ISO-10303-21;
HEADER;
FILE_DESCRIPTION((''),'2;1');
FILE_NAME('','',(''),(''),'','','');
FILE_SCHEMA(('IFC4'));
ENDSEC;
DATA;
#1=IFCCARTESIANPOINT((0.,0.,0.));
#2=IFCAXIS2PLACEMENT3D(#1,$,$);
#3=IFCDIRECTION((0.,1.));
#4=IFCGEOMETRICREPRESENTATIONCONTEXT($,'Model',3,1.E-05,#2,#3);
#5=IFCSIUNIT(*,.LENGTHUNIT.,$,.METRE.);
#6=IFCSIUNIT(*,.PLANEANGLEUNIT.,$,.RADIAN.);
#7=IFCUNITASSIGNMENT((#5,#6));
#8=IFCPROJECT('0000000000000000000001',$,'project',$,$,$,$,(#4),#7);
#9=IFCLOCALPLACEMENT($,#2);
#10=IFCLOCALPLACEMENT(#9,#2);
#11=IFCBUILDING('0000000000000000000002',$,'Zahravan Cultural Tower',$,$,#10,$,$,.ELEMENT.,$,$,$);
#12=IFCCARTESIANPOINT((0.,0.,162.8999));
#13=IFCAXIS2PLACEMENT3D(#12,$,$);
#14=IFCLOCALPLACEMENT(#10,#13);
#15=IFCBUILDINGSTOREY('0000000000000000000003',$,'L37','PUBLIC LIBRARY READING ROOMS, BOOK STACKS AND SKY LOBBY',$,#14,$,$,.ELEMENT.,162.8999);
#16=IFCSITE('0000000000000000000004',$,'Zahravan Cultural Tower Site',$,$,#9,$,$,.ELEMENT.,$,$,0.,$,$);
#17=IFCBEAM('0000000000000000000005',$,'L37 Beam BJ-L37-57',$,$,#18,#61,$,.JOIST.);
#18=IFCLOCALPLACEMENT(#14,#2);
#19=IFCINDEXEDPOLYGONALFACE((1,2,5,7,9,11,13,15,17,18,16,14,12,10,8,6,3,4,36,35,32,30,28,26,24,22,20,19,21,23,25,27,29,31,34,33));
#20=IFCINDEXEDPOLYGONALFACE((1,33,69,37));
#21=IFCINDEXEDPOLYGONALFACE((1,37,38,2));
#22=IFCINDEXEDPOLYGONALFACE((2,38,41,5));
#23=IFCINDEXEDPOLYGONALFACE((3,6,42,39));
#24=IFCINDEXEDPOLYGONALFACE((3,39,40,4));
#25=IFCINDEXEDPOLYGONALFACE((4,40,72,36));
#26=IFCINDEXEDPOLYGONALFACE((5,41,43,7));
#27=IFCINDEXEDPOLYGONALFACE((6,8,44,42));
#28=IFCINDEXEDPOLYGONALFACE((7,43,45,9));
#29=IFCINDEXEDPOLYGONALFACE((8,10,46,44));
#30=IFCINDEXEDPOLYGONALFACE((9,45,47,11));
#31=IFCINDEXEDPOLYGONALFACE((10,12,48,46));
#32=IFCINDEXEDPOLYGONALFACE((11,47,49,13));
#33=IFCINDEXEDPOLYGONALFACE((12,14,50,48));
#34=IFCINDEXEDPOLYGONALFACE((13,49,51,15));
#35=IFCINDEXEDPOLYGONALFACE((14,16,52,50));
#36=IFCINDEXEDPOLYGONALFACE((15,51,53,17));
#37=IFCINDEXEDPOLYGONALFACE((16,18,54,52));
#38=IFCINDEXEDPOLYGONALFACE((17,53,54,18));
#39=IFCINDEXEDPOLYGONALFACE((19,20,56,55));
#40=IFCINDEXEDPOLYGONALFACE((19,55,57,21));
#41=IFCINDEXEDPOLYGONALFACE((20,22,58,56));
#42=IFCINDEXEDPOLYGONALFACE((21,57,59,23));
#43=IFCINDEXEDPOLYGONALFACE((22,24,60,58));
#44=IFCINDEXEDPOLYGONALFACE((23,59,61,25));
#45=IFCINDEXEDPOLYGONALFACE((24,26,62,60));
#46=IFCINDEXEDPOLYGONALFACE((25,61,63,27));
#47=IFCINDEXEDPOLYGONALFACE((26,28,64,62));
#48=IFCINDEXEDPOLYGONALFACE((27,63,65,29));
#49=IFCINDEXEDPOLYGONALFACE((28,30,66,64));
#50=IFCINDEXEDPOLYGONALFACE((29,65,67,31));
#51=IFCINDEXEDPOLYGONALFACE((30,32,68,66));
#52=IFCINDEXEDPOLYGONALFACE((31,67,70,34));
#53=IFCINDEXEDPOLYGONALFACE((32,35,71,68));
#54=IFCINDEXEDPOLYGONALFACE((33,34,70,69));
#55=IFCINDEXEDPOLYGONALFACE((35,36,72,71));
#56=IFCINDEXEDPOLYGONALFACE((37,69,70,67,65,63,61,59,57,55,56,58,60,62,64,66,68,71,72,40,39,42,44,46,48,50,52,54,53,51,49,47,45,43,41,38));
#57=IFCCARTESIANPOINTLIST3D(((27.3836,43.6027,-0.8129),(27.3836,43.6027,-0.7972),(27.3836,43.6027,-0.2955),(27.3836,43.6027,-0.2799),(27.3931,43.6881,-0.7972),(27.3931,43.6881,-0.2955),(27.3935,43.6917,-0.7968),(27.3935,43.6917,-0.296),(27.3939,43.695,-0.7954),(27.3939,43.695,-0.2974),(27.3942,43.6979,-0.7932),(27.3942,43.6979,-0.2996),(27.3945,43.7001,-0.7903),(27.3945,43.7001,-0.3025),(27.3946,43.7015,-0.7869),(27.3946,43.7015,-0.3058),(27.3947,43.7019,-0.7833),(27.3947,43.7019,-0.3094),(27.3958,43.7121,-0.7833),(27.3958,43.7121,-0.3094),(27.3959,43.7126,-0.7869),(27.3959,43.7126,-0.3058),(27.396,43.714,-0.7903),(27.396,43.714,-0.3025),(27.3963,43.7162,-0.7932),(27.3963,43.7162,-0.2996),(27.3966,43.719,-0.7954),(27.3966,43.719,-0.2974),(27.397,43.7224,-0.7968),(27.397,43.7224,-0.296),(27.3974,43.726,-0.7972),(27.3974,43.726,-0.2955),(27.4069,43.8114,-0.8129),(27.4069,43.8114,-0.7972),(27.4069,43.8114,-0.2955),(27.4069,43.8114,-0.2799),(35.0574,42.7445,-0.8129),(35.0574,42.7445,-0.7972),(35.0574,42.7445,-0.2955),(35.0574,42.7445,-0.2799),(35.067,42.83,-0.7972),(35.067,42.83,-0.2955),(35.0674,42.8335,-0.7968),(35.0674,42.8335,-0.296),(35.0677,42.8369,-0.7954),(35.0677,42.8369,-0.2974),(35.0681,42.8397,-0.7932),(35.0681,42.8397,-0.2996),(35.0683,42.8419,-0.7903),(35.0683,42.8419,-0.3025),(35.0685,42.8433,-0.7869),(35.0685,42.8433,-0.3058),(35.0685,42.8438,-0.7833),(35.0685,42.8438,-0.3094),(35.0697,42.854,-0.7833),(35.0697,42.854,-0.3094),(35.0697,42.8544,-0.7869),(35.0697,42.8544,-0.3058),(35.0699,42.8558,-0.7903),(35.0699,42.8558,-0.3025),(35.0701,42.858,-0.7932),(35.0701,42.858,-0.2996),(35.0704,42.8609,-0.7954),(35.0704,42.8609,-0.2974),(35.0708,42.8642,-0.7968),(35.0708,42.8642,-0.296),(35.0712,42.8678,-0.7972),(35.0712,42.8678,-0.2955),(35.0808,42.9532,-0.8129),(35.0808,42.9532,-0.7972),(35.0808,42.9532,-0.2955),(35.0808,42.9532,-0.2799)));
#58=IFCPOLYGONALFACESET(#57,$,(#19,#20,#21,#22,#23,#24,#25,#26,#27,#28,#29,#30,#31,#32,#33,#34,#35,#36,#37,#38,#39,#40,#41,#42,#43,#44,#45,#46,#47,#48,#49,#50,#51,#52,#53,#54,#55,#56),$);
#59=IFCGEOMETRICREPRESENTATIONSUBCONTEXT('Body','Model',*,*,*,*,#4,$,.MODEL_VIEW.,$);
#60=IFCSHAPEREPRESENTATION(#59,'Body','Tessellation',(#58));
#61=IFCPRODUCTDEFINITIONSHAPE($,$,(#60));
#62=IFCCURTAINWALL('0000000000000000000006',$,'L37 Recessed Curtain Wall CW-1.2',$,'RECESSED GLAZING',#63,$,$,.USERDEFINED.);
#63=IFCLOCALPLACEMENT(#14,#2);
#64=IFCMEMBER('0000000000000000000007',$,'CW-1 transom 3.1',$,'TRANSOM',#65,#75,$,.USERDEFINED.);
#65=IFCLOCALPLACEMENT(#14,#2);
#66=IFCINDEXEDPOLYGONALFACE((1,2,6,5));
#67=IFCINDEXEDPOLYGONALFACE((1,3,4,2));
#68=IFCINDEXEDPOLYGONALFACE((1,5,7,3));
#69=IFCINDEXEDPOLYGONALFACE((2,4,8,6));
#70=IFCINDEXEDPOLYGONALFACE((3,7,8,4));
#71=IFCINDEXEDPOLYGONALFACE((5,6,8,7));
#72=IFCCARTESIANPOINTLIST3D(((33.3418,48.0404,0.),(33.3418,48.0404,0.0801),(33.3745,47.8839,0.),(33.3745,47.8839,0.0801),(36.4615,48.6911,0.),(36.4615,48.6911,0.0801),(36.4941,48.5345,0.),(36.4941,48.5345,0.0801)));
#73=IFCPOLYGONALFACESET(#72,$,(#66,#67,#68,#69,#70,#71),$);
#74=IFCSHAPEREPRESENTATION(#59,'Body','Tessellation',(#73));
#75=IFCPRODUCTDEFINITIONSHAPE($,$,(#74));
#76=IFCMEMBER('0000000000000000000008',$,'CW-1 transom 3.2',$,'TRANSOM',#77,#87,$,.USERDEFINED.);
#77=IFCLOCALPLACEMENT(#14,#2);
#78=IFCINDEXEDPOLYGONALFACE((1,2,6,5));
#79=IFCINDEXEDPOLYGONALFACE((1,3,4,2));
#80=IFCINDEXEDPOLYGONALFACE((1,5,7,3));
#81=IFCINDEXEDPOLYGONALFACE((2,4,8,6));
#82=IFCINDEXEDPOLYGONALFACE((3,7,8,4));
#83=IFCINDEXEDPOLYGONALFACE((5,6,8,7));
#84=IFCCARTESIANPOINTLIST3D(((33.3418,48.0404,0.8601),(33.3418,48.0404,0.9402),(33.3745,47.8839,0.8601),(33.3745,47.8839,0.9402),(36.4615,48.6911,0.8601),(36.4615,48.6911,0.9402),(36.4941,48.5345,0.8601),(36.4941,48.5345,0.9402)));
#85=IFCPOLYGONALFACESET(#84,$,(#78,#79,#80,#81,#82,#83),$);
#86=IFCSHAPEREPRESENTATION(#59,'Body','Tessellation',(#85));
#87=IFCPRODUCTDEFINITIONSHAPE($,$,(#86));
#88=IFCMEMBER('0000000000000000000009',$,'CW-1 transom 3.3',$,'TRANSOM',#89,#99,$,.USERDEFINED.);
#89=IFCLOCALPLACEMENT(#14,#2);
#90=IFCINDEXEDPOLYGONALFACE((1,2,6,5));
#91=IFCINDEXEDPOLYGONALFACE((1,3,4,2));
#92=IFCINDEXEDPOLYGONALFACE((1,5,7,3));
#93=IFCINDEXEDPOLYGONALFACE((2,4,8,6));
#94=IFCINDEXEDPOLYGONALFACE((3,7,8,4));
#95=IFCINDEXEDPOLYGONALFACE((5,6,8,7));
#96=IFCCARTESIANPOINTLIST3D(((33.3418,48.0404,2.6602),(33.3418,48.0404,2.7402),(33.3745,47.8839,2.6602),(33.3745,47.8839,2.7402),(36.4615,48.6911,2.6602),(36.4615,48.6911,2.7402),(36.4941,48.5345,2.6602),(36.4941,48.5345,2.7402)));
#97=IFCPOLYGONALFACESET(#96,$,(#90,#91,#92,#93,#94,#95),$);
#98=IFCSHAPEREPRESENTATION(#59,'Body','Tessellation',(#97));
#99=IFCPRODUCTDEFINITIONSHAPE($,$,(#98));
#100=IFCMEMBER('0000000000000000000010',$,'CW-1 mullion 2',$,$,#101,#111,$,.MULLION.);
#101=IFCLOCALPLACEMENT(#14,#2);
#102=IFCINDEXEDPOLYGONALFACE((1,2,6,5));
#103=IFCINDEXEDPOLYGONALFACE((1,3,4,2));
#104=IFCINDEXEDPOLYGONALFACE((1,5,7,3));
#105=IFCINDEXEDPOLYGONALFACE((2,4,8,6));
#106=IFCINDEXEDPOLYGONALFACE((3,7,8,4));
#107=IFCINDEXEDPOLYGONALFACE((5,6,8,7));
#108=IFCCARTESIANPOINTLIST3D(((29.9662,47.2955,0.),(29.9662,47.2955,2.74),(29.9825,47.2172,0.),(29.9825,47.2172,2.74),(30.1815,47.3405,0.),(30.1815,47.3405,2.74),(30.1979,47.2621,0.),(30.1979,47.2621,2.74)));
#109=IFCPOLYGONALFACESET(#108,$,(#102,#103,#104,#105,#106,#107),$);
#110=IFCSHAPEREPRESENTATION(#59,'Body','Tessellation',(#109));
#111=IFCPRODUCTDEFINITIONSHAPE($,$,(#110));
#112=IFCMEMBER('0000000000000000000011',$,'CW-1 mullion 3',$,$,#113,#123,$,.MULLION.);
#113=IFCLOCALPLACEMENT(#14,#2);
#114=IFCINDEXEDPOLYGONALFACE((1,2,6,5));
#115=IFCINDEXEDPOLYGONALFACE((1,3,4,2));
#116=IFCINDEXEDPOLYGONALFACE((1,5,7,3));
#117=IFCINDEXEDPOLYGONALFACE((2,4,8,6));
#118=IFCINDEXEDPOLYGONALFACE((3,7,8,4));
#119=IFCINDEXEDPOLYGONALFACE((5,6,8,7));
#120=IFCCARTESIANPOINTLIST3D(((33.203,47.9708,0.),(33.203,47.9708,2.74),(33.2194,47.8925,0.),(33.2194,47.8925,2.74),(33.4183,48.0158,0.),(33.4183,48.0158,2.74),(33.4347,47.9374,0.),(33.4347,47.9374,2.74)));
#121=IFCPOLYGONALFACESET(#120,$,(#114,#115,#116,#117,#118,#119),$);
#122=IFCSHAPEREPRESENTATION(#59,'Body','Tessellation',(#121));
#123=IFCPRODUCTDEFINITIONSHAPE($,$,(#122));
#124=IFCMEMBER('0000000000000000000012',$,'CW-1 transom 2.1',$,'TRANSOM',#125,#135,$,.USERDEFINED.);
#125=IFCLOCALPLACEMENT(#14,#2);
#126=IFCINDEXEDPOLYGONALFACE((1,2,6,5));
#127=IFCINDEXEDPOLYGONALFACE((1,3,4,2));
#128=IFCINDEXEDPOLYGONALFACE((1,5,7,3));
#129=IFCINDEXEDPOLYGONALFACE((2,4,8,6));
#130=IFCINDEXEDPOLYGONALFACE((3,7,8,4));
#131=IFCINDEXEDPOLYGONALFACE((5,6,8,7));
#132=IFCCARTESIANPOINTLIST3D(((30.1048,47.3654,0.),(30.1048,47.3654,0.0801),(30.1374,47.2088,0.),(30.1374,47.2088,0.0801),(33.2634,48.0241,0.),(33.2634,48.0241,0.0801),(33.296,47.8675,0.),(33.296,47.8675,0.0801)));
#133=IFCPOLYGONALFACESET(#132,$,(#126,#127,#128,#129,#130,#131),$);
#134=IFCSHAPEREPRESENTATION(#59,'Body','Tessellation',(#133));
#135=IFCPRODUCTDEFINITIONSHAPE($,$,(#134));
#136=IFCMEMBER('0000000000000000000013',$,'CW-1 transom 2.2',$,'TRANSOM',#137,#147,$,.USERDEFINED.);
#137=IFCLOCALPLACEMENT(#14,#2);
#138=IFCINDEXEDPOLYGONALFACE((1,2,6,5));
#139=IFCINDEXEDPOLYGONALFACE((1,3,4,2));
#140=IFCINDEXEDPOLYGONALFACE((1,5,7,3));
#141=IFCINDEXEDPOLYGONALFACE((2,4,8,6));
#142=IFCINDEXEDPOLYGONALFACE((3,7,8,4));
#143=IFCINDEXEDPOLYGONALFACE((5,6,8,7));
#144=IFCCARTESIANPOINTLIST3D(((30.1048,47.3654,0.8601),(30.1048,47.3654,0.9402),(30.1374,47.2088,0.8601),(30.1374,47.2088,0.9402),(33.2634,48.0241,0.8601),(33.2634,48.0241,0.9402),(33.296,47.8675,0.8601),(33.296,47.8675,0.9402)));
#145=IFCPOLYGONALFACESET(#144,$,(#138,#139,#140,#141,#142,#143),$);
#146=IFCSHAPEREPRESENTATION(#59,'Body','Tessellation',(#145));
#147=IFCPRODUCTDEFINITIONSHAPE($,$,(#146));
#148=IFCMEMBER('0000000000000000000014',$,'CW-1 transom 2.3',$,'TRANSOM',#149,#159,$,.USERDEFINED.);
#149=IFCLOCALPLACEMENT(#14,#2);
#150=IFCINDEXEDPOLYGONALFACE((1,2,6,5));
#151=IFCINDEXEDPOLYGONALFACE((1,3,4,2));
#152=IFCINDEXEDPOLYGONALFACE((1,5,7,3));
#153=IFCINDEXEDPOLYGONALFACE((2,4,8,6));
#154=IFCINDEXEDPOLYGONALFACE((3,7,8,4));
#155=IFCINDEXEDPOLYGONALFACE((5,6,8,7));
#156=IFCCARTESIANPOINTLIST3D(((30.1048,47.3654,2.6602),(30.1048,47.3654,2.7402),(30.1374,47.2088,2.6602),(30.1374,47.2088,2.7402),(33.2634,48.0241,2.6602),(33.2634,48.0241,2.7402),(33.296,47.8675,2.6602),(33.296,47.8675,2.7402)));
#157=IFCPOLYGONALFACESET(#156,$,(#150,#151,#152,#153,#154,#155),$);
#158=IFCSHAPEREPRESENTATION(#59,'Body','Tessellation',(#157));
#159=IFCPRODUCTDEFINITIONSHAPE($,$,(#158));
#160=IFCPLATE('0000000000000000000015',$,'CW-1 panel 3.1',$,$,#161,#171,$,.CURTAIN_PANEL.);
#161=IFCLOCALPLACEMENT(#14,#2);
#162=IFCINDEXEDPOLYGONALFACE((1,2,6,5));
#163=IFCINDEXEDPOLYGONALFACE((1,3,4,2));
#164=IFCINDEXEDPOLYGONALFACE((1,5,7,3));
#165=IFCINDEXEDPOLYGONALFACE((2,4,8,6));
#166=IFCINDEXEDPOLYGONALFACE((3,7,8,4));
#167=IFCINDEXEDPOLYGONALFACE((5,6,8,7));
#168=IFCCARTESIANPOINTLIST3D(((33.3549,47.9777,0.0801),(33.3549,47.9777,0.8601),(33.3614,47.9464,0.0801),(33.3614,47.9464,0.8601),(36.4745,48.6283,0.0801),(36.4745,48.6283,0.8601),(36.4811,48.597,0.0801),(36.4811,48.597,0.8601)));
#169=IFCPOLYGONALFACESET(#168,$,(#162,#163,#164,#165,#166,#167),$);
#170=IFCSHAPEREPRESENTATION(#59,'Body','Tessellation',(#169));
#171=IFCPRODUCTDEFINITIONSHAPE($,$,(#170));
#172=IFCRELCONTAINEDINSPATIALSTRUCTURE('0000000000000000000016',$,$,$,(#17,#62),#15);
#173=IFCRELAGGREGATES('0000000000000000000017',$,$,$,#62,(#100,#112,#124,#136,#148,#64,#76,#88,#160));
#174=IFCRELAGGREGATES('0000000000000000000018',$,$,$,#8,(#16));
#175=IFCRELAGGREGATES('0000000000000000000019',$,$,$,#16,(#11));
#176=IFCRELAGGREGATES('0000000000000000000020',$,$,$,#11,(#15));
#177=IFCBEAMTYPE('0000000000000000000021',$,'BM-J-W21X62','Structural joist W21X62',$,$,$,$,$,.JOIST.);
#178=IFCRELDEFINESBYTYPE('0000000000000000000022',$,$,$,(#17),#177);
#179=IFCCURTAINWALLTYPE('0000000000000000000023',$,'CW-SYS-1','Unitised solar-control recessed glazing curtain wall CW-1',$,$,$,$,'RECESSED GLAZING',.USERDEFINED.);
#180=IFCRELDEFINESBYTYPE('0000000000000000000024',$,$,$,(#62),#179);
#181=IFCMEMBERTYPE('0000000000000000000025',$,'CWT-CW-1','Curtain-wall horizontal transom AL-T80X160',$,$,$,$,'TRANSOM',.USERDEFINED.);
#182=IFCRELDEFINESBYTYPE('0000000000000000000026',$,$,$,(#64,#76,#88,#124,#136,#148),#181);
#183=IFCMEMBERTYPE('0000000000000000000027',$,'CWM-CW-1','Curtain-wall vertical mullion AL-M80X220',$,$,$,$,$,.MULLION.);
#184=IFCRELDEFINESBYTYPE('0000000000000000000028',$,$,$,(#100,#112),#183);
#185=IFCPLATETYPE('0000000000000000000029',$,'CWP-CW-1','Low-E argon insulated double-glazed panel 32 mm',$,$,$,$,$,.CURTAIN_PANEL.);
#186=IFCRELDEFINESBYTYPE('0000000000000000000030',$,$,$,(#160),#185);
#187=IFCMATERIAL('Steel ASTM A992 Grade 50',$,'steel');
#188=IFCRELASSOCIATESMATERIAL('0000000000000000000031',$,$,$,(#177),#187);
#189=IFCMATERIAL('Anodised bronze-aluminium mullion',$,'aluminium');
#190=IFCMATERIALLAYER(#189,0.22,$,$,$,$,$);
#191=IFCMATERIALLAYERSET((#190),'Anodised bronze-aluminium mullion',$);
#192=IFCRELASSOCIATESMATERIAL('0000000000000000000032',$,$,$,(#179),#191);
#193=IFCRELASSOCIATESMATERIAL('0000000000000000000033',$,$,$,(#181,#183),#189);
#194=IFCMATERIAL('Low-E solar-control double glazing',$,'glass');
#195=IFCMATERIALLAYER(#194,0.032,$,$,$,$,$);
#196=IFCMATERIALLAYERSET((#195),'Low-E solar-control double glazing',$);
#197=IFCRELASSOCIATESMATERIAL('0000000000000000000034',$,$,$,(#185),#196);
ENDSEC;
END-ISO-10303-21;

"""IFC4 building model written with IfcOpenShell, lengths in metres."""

from ifc_helpers import new_model, si_unit, direction, frame, origin, origin_2d, place, context, subcontext, project, spatial, rectangle, i_section, extrude, source, transform, mapped, material, layer, layer_set, material_profile, profile_set, type_object, element, aggregate, save


model = new_model("IFC4")

# Units and contexts
model_context = context("Model", 3, precision=1e-05, world=origin(), true_north=direction((0.0, 1.0)))
body_context = subcontext(model_context, "Body", "Model", "MODEL_VIEW")
ifc_project = project(units=[si_unit("LENGTHUNIT", "METRE"), si_unit("PLANEANGLEUNIT", "RADIAN")], contexts=[model_context])

# Site, building, storey
site_placement = place(None, origin())
site = spatial("IfcSite", under=ifc_project, at=site_placement, Name="Zahravan Cultural Tower Site", CompositionType="ELEMENT", RefElevation=0.0)
building_placement = place(site_placement, origin())
building = spatial("IfcBuilding", under=site, at=building_placement, Name="Zahravan Cultural Tower", CompositionType="ELEMENT")
storey_placement = place(building_placement, frame((0.0, 0.0, 162.8999)))
storey = spatial("IfcBuildingStorey", under=building, at=storey_placement, Name="L37", Description="PUBLIC LIBRARY READING ROOMS, BOOK STACKS AND SKY LOBBY", CompositionType="ELEMENT", Elevation=162.8999)

# Shared definitions
ifc_material_1 = material(Name="Steel ASTM A992 Grade 50", Category="steel")

# Beam
ifc_material_profile_1 = material_profile(ifc_material_1, i_section(OverallWidth=0.21, OverallDepth=0.533, WebThickness=0.0103, FlangeThickness=0.0156, FilletRadius=0.0139, at=origin_2d()), Name="W21X62")
ifc_profile_set_1 = profile_set([ifc_material_profile_1], Name="Steel ASTM A992 Grade 50")
beam_type_1 = type_object("IfcBeamType", Name="BM-J-W21X62", Description="Structural joist W21X62", PredefinedType="JOIST", material=ifc_profile_set_1)
shared_shape_1 = source(origin(), body_context, "Body", "SweptSolid", [
    extrude(i_section(OverallWidth=0.21, OverallDepth=0.533, WebThickness=0.0103, FlangeThickness=0.0156, FilletRadius=0.0139, at=origin_2d()), origin(), (0.0, 0.0, 1.0), 7.7217),
])
beam_1_placement = place(storey_placement, frame((35.0691, 42.8489, -0.5464), z_axis=(-0.993805, 0.111136, 0.0), x_axis=(-0.111136, -0.993805, 0.0)))
element("IfcBeam", 1, at=beam_1_placement, inside=storey, type_object=beam_type_1, Name="L37 Beam BJ-L37-57", PredefinedType="JOIST", context=body_context, shape_type="MappedRepresentation", body=[
    mapped(shared_shape_1, transform((0.0, 0.0, 0.0), x_axis=(1.0, 0.0, 0.0), y_axis=(0.0, 1.0, 0.0), z_axis=(0.0, 0.0, 1.0), scale=1.0)),
])

# Curtain wall, members, plate
ifc_material_2 = material(Name="Anodised bronze-aluminium mullion", Category="aluminium")
ifc_layer_1 = layer(ifc_material_2, 0.22)
ifc_layer_set_1 = layer_set([ifc_layer_1], Name="Anodised bronze-aluminium mullion")
curtain_wall_type = type_object("IfcCurtainWallType", Name="CW-SYS-1", Description="Unitised solar-control recessed glazing curtain wall CW-1", ElementType="RECESSED GLAZING", PredefinedType="USERDEFINED", material=ifc_layer_set_1)
curtain_wall_placement = place(storey_placement, origin())
curtain_wall = element("IfcCurtainWall", 2, at=curtain_wall_placement, inside=storey, type_object=curtain_wall_type, Name="L37 Recessed Curtain Wall CW-1.2", ObjectType="RECESSED GLAZING", PredefinedType="USERDEFINED")
ifc_material_profile_2 = material_profile(ifc_material_2, rectangle(XDim=0.1599, YDim=0.0801, at=origin_2d()), Name="AL-T80X160")
ifc_profile_set_2 = profile_set([ifc_material_profile_2], Name="Anodised bronze-aluminium mullion")
member_type_1 = type_object("IfcMemberType", Name="CWT-CW-1", Description="Curtain-wall horizontal transom AL-T80X160", ElementType="TRANSOM", PredefinedType="USERDEFINED", material=ifc_profile_set_2)
shared_shape_2 = source(origin(), body_context, "Body", "SweptSolid", [
    extrude(rectangle(XDim=0.1599, YDim=0.0801, at=origin_2d()), origin(), (0.0, 0.0, 1.0), 3.1868),
])
member_1_placement = place(storey_placement, frame((33.3582, 47.9622, 0.04), z_axis=(0.978936, 0.204168, 0.0), x_axis=(-0.204168, 0.978936, 0.0)))
member_1 = element("IfcMember", 3, at=member_1_placement, type_object=member_type_1, Name="CW-1 transom 3.1", ObjectType="TRANSOM", PredefinedType="USERDEFINED", context=body_context, shape_type="MappedRepresentation", body=[
    mapped(shared_shape_2, transform((0.0, 0.0, 0.0), x_axis=(1.0, 0.0, 0.0), y_axis=(0.0, 1.0, 0.0), z_axis=(0.0, 0.0, 1.0), scale=1.0)),
])
member_2_placement = place(storey_placement, frame((33.3582, 47.9622, 0.9001), z_axis=(0.978936, 0.204168, 0.0), x_axis=(-0.204168, 0.978936, 0.0)))
member_2 = element("IfcMember", 4, at=member_2_placement, type_object=member_type_1, Name="CW-1 transom 3.2", ObjectType="TRANSOM", PredefinedType="USERDEFINED", context=body_context, shape_type="MappedRepresentation", body=[
    mapped(shared_shape_2, transform((0.0, 0.0, 0.0), x_axis=(1.0, 0.0, 0.0), y_axis=(0.0, 1.0, 0.0), z_axis=(0.0, 0.0, 1.0), scale=1.0)),
])
member_3_placement = place(storey_placement, frame((33.3582, 47.9622, 2.7002), z_axis=(0.978936, 0.204168, 0.0), x_axis=(-0.204168, 0.978936, 0.0)))
member_3 = element("IfcMember", 5, at=member_3_placement, type_object=member_type_1, Name="CW-1 transom 3.3", ObjectType="TRANSOM", PredefinedType="USERDEFINED", context=body_context, shape_type="MappedRepresentation", body=[
    mapped(shared_shape_2, transform((0.0, 0.0, 0.0), x_axis=(1.0, 0.0, 0.0), y_axis=(0.0, 1.0, 0.0), z_axis=(0.0, 0.0, 1.0), scale=1.0)),
])
ifc_material_profile_3 = material_profile(ifc_material_2, rectangle(XDim=0.0801, YDim=0.22, at=origin_2d()), Name="AL-M80X220")
ifc_profile_set_3 = profile_set([ifc_material_profile_3], Name="Anodised bronze-aluminium mullion")
member_type_2 = type_object("IfcMemberType", Name="CWM-CW-1", Description="Curtain-wall vertical mullion AL-M80X220", PredefinedType="MULLION", material=ifc_profile_set_3)
shared_shape_3 = source(origin(), body_context, "Body", "SweptSolid", [
    extrude(rectangle(XDim=0.0801, YDim=0.22, at=origin_2d()), origin(), (0.0, 0.0, 1.0), 2.74),
])
member_4_placement = place(storey_placement, frame((30.082, 47.2788, 0.0), z_axis=(0.0, 0.0, 1.0), x_axis=(-0.204162, 0.978937, 0.0)))
member_4 = element("IfcMember", 6, at=member_4_placement, type_object=member_type_2, Name="CW-1 mullion 2", PredefinedType="MULLION", context=body_context, shape_type="MappedRepresentation", body=[
    mapped(shared_shape_3, transform((0.0, 0.0, 0.0), x_axis=(1.0, 0.0, 0.0), y_axis=(0.0, 1.0, 0.0), z_axis=(0.0, 0.0, 1.0), scale=1.0)),
])
member_5_placement = place(storey_placement, frame((33.3188, 47.9541, 0.0), z_axis=(0.0, 0.0, 1.0), x_axis=(-0.204162, 0.978937, 0.0)))
member_5 = element("IfcMember", 7, at=member_5_placement, type_object=member_type_2, Name="CW-1 mullion 3", PredefinedType="MULLION", context=body_context, shape_type="MappedRepresentation", body=[
    mapped(shared_shape_3, transform((0.0, 0.0, 0.0), x_axis=(1.0, 0.0, 0.0), y_axis=(0.0, 1.0, 0.0), z_axis=(0.0, 0.0, 1.0), scale=1.0)),
])
shared_shape_4 = source(origin(), body_context, "Body", "SweptSolid", [
    extrude(rectangle(XDim=0.1599, YDim=0.0801, at=origin_2d()), origin(), (0.0, 0.0, 1.0), 3.2266),
])
member_6_placement = place(storey_placement, frame((30.1211, 47.2871, 0.04), z_axis=(0.978941, 0.204142, 0.0), x_axis=(-0.204142, 0.978941, 0.0)))
member_6 = element("IfcMember", 8, at=member_6_placement, type_object=member_type_1, Name="CW-1 transom 2.1", ObjectType="TRANSOM", PredefinedType="USERDEFINED", context=body_context, shape_type="MappedRepresentation", body=[
    mapped(shared_shape_4, transform((0.0, 0.0, 0.0), x_axis=(1.0, 0.0, 0.0), y_axis=(0.0, 1.0, 0.0), z_axis=(0.0, 0.0, 1.0), scale=1.0)),
])
member_7_placement = place(storey_placement, frame((30.1211, 47.2871, 0.9001), z_axis=(0.978941, 0.204142, 0.0), x_axis=(-0.204142, 0.978941, 0.0)))
member_7 = element("IfcMember", 9, at=member_7_placement, type_object=member_type_1, Name="CW-1 transom 2.2", ObjectType="TRANSOM", PredefinedType="USERDEFINED", context=body_context, shape_type="MappedRepresentation", body=[
    mapped(shared_shape_4, transform((0.0, 0.0, 0.0), x_axis=(1.0, 0.0, 0.0), y_axis=(0.0, 1.0, 0.0), z_axis=(0.0, 0.0, 1.0), scale=1.0)),
])
member_8_placement = place(storey_placement, frame((30.1211, 47.2871, 2.7002), z_axis=(0.978941, 0.204142, 0.0), x_axis=(-0.204142, 0.978941, 0.0)))
member_8 = element("IfcMember", 10, at=member_8_placement, type_object=member_type_1, Name="CW-1 transom 2.3", ObjectType="TRANSOM", PredefinedType="USERDEFINED", context=body_context, shape_type="MappedRepresentation", body=[
    mapped(shared_shape_4, transform((0.0, 0.0, 0.0), x_axis=(1.0, 0.0, 0.0), y_axis=(0.0, 1.0, 0.0), z_axis=(0.0, 0.0, 1.0), scale=1.0)),
])
ifc_material_3 = material(Name="Low-E solar-control double glazing", Category="glass")
ifc_layer_2 = layer(ifc_material_3, 0.032)
ifc_layer_set_2 = layer_set([ifc_layer_2], Name="Low-E solar-control double glazing")
plate_type = type_object("IfcPlateType", Name="CWP-CW-1", Description="Low-E argon insulated double-glazed panel 32 mm", PredefinedType="CURTAIN_PANEL", material=ifc_layer_set_2)
shared_shape_5 = source(origin(), body_context, "Body", "SweptSolid", [
    extrude(rectangle(XDim=3.1868, YDim=0.032, at=origin_2d()), origin(), (0.0, 0.0, 1.0), 0.78),
])
plate_1_placement = place(storey_placement, frame((34.918, 48.2874, 0.0801), z_axis=(0.0, 0.0, 1.0), x_axis=(0.978937, 0.204162, 0.0)))
plate_1 = element("IfcPlate", 11, at=plate_1_placement, type_object=plate_type, Name="CW-1 panel 3.1", PredefinedType="CURTAIN_PANEL", context=body_context, shape_type="MappedRepresentation", body=[
    mapped(shared_shape_5, transform((0.0, 0.0, 0.0), x_axis=(1.0, 0.0, 0.0), y_axis=(0.0, 1.0, 0.0), z_axis=(0.0, 0.0, 1.0), scale=1.0)),
])
aggregate(curtain_wall, [member_4, member_5, member_6, member_7, member_8, member_1, member_2, member_3, plate_1])

save(model, "model.ifc")
